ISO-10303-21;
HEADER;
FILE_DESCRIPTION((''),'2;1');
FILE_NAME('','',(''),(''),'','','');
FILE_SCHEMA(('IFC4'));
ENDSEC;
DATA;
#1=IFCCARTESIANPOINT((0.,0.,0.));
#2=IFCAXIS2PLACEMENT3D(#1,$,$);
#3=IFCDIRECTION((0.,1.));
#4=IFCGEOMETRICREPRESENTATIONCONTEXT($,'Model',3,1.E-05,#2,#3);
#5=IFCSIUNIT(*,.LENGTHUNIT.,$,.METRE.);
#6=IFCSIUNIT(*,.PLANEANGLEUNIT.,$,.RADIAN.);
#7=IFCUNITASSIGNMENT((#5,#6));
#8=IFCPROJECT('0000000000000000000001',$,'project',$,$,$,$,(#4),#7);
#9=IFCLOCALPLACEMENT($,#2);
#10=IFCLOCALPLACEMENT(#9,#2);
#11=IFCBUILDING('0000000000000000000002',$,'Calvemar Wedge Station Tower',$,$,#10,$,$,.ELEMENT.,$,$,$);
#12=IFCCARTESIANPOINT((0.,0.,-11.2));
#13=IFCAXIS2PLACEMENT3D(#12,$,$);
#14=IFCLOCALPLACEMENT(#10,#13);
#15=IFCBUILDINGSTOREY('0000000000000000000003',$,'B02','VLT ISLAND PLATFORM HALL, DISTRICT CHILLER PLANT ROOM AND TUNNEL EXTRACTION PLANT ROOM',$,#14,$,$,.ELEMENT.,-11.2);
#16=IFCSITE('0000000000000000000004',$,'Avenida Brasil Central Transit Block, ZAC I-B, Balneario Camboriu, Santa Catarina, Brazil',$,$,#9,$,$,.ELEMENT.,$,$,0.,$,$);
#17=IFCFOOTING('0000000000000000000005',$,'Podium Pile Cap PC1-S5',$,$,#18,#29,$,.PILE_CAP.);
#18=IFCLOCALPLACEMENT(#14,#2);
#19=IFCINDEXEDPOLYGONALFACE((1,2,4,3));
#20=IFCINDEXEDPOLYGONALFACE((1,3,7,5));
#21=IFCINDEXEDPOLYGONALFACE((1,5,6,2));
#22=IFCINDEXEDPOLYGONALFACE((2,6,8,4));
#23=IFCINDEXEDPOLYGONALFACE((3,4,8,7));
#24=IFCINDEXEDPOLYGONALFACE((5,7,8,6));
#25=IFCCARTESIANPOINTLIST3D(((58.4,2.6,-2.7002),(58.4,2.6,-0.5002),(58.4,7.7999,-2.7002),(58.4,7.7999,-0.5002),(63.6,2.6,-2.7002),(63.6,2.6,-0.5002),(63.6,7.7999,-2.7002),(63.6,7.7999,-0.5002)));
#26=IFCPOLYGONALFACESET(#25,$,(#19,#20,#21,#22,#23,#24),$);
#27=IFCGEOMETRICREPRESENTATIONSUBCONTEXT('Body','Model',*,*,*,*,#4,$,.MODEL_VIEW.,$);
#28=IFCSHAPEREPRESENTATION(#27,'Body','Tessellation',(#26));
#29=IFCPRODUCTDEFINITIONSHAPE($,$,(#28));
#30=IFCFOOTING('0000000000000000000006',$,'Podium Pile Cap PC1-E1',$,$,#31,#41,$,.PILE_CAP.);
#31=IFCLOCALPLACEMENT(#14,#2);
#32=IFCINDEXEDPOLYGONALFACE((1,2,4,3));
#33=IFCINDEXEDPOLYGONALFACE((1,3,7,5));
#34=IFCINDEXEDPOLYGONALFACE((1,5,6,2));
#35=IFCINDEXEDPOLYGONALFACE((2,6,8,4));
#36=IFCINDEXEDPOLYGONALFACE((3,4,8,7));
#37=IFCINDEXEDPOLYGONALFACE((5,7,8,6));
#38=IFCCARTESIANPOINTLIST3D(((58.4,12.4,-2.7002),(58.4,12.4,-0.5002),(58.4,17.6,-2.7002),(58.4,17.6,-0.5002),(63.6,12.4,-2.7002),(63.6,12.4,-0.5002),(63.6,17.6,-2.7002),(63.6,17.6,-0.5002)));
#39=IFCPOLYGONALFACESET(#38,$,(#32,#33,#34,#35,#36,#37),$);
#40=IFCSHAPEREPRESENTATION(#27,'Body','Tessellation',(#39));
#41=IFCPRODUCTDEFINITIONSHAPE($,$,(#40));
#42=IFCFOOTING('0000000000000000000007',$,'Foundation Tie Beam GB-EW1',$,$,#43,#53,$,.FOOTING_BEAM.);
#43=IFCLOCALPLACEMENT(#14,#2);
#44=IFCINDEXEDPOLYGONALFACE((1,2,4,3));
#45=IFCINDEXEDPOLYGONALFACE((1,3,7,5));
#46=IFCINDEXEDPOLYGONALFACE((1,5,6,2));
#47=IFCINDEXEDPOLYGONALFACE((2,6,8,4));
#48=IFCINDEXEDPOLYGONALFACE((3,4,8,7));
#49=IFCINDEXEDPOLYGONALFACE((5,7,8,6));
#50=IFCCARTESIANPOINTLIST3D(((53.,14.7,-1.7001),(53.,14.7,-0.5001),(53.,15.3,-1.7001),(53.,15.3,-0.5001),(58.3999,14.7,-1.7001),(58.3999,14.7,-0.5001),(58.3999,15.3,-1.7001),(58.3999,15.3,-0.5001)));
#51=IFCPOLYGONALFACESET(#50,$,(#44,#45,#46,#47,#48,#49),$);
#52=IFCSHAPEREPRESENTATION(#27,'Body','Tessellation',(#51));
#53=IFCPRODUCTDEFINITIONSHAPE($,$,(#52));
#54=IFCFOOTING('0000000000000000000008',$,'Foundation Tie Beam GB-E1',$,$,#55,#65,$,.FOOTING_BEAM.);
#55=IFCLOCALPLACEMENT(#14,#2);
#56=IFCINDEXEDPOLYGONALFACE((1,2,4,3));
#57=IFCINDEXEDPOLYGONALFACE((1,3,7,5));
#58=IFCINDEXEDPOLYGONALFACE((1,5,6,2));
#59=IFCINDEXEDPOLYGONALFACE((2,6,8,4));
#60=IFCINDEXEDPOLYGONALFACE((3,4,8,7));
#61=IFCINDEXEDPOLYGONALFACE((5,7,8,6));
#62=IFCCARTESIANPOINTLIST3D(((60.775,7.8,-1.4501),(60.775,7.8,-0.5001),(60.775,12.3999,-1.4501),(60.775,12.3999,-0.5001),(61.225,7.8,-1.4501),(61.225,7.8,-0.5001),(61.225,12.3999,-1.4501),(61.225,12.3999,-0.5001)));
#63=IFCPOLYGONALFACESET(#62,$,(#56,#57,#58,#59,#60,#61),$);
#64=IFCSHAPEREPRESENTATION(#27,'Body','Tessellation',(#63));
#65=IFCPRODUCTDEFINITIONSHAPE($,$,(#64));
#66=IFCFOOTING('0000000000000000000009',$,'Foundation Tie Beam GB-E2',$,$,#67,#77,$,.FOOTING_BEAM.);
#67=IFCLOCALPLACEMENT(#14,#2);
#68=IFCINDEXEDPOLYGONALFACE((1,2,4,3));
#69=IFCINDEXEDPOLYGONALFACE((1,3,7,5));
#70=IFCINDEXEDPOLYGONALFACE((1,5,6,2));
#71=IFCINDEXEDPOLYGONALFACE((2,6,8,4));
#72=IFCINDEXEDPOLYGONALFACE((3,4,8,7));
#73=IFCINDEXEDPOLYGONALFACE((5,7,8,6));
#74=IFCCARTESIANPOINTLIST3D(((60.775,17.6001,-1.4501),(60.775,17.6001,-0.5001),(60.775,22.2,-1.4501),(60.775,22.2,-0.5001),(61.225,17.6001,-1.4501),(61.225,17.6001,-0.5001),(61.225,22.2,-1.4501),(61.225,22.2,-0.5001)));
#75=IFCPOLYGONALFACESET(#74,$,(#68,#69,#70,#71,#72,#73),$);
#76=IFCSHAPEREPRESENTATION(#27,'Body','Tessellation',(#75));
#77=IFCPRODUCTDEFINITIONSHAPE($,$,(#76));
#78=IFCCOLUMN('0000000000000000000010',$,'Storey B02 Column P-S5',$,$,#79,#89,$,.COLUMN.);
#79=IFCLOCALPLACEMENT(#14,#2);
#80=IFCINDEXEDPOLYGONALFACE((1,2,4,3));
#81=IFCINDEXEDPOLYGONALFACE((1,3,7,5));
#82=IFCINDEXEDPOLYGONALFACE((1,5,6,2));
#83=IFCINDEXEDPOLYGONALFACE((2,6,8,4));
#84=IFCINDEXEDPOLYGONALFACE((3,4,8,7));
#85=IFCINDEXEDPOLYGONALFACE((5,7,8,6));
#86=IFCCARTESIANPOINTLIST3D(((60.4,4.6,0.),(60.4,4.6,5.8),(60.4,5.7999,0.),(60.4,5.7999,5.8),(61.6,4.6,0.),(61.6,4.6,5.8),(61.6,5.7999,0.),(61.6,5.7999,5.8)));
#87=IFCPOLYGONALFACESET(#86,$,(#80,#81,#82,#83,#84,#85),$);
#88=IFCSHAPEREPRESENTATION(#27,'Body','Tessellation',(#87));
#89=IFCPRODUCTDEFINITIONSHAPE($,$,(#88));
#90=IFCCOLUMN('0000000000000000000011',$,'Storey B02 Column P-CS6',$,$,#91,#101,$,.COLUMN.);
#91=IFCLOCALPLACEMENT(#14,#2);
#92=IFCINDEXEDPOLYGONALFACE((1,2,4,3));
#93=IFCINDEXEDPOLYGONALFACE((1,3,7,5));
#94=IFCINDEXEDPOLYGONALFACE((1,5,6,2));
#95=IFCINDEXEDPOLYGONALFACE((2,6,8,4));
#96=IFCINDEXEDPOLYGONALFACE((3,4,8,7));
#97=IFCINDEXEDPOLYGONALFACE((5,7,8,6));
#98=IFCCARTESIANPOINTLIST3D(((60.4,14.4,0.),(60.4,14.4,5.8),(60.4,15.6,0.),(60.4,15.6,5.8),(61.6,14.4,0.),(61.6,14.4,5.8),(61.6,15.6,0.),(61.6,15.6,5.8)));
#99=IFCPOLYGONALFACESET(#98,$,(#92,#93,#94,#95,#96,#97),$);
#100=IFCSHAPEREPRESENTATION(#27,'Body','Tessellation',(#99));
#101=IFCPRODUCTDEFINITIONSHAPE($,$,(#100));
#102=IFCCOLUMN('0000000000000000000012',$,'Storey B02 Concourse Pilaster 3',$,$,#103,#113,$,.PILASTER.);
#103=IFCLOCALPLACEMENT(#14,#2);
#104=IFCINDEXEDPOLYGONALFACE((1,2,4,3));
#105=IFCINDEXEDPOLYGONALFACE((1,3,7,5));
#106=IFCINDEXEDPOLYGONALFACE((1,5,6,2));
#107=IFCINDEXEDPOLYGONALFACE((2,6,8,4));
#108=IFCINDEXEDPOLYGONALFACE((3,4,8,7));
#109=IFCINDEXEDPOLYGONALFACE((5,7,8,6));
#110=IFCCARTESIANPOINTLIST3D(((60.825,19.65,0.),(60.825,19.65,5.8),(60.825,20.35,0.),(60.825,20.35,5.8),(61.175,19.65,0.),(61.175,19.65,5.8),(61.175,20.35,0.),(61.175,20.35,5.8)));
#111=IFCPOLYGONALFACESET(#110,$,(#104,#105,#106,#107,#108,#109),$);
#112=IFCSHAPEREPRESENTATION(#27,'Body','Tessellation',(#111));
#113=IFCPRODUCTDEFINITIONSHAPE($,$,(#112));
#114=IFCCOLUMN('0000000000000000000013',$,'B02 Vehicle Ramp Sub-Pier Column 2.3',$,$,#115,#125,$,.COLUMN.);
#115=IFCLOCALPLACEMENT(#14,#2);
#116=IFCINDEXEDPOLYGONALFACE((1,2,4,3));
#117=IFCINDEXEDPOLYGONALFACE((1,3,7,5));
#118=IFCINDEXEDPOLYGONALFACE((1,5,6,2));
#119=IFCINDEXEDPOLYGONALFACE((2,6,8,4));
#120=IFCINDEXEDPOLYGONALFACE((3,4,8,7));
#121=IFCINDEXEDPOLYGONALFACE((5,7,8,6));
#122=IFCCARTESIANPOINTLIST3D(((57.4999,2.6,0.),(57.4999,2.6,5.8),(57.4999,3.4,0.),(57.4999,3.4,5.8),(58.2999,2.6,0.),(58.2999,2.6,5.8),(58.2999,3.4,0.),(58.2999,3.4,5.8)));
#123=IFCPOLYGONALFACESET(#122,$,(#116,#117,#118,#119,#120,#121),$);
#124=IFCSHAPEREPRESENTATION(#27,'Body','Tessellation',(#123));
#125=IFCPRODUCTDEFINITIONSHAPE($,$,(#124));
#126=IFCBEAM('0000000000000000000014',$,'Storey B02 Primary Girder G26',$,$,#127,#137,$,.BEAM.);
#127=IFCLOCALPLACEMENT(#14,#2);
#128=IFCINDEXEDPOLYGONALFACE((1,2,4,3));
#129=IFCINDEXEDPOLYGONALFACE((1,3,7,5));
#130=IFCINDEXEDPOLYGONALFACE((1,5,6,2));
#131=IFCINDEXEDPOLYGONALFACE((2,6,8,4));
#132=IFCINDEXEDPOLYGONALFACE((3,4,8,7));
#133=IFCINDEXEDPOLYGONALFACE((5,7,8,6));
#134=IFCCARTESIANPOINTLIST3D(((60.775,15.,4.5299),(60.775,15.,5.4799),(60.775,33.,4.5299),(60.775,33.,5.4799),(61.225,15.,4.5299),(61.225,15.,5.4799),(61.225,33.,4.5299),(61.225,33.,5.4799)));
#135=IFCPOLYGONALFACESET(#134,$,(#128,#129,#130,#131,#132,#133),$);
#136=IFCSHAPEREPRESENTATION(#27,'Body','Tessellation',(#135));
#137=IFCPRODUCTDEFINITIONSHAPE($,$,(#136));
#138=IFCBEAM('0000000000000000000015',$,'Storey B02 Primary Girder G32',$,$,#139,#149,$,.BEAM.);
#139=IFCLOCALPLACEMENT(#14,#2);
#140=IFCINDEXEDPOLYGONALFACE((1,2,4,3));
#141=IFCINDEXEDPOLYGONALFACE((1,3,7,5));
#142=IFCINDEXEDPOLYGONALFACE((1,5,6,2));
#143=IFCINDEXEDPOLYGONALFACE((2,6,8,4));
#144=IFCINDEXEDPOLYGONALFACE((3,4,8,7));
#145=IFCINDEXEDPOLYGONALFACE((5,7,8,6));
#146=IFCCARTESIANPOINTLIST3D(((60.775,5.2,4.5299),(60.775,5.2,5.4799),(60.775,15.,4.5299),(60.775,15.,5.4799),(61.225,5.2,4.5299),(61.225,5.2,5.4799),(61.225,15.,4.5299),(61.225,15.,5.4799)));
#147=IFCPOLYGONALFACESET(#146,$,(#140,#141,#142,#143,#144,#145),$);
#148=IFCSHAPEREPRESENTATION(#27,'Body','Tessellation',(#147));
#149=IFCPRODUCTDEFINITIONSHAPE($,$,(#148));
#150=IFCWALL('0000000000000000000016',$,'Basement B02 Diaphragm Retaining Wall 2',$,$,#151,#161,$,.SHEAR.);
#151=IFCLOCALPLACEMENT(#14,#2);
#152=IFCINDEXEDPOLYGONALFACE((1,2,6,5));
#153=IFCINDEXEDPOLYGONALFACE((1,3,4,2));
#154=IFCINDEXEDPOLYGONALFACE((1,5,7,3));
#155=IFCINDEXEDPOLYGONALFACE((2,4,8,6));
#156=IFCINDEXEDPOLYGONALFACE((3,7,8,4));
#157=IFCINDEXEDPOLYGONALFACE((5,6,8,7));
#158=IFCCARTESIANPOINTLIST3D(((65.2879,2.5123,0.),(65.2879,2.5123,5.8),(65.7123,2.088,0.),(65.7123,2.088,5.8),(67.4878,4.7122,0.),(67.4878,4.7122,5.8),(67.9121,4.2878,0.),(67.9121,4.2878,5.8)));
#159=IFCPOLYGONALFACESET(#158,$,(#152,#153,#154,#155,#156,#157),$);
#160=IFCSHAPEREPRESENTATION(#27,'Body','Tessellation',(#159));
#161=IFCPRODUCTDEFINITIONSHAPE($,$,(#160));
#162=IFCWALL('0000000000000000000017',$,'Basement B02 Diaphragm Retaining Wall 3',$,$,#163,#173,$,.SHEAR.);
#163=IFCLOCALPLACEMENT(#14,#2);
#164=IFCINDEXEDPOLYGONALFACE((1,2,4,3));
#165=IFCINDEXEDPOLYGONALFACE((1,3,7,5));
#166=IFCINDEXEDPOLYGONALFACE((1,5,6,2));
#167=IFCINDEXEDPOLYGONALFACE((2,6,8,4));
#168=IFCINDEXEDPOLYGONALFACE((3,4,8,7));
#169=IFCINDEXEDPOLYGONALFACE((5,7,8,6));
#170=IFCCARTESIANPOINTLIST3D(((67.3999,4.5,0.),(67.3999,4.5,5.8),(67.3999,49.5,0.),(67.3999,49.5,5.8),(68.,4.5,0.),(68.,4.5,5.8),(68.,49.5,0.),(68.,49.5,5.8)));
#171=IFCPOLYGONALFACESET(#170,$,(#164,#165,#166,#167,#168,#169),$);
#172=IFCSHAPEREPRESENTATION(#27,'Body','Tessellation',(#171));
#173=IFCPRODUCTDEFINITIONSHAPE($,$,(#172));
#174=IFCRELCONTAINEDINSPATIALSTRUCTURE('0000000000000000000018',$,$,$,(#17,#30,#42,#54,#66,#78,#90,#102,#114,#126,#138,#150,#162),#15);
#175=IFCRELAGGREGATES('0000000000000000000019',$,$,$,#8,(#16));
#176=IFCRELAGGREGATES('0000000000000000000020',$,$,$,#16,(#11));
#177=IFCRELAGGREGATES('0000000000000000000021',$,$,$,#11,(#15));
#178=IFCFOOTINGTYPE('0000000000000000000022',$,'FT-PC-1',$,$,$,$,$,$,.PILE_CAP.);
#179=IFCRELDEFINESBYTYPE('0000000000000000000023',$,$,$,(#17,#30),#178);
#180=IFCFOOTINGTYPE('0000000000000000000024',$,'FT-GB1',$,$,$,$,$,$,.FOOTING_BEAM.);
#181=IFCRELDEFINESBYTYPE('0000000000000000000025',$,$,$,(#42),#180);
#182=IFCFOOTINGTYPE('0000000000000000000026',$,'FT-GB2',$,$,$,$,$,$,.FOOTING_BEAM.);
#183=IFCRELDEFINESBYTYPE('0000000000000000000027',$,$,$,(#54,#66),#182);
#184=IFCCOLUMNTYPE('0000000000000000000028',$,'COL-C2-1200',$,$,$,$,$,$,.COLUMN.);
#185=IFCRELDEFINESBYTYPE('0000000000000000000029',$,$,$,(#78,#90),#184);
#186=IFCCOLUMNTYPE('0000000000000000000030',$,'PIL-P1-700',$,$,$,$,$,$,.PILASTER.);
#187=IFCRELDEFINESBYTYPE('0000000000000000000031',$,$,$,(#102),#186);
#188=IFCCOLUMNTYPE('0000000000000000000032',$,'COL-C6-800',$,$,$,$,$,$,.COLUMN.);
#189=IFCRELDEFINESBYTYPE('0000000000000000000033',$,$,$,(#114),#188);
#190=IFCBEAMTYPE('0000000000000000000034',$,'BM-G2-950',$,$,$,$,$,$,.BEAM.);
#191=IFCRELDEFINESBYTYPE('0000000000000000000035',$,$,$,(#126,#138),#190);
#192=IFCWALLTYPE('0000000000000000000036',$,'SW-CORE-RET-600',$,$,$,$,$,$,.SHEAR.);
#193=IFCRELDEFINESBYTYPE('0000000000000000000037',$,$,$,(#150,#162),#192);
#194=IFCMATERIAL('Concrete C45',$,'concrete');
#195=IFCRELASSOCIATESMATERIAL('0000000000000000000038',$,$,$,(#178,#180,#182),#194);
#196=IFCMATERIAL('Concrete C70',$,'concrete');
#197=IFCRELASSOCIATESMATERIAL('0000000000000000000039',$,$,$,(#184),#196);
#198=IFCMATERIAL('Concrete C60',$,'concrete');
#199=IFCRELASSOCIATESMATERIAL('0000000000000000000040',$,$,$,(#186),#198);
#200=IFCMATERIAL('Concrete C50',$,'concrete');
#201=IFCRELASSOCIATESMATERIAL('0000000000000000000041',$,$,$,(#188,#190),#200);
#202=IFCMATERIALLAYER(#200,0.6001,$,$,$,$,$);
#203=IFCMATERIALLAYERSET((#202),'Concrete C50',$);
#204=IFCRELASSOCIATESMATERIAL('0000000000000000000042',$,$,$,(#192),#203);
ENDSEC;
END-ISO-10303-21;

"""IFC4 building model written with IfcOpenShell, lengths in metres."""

from ifc_helpers import new_model, si_unit, direction, frame, frame_2d, origin, origin_2d, place, context, subcontext, project, spatial, rectangle, extrude, source, transform, mapped, material, layer, layer_set, material_profile, profile_set, type_object, element, save


model = new_model("IFC4")

# Units and contexts
model_context = context("Model", 3, precision=1e-05, world=origin(), true_north=direction((0.0, 1.0)))
body_context = subcontext(model_context, "Body", "Model", "MODEL_VIEW")
ifc_project = project(units=[si_unit("LENGTHUNIT", "METRE"), si_unit("PLANEANGLEUNIT", "RADIAN")], contexts=[model_context])

# Site, building, storey
site_placement = place(None, origin())
site = spatial("IfcSite", under=ifc_project, at=site_placement, Name="Avenida Brasil Central Transit Block, ZAC I-B, Balneario Camboriu, Santa Catarina, Brazil", CompositionType="ELEMENT", RefElevation=0.0)
building_placement = place(site_placement, origin())
building = spatial("IfcBuilding", under=site, at=building_placement, Name="Calvemar Wedge Station Tower", CompositionType="ELEMENT")
storey_placement = place(building_placement, frame((0.0, 0.0, -11.2)))
storey = spatial("IfcBuildingStorey", under=building, at=storey_placement, Name="B02", Description="VLT ISLAND PLATFORM HALL, DISTRICT CHILLER PLANT ROOM AND TUNNEL EXTRACTION PLANT ROOM", CompositionType="ELEMENT", Elevation=-11.2)

# Shared definitions
ifc_material_1 = material(Name="Concrete C45", Category="concrete")

# Footings
footing_type_1 = type_object("IfcFootingType", Name="FT-PC-1", PredefinedType="PILE_CAP", material=ifc_material_1)
shared_shape_1 = source(origin(), body_context, "Body", "SweptSolid", [
    extrude(rectangle(XDim=5.2, YDim=5.2, at=origin_2d()), origin(), (0.0, 0.0, 1.0), 2.2),
])
for number, where, z_axis, x_axis, name in (
    (1, (61.0, 5.2, -2.7002), (0.0, 0.0, 1.0), (1.0, 0.0, 0.0), "Podium Pile Cap PC1-S5"),
    (2, (61.0, 15.0, -2.7002), (0.0, 0.0, 1.0), (1.0, 0.0, 0.0), "Podium Pile Cap PC1-E1"),
):
    element("IfcFooting", number, at=place(storey_placement, frame(where, z_axis=z_axis, x_axis=x_axis)), inside=storey, type_object=footing_type_1, Name=name, PredefinedType="PILE_CAP", context=body_context, shape_type="MappedRepresentation", body=[
        mapped(shared_shape_1, transform((0.0, 0.0, 0.0), scale=1.0)),
    ])
ifc_material_profile_1 = material_profile(ifc_material_1, rectangle(XDim=0.6001, YDim=1.2, at=origin_2d()), Name="RC600x1200")
ifc_profile_set_1 = profile_set([ifc_material_profile_1], Name="Concrete C45")
footing_type_2 = type_object("IfcFootingType", Name="FT-GB1", PredefinedType="FOOTING_BEAM", material=ifc_profile_set_1)
shared_shape_2 = source(origin(), body_context, "Body", "SweptSolid", [
    extrude(rectangle(XDim=0.6001, YDim=1.2, at=origin_2d()), origin(), (0.0, 0.0, 1.0), 5.3999),
])
footing_placement = place(storey_placement, frame((53.0, 15.0, -1.1001), z_axis=(1.0, 0.0, 0.0), x_axis=(0.0, 1.0, 0.0)))
element("IfcFooting", 3, at=footing_placement, inside=storey, type_object=footing_type_2, Name="Foundation Tie Beam GB-EW1", PredefinedType="FOOTING_BEAM", context=body_context, shape_type="MappedRepresentation", body=[
    mapped(shared_shape_2, transform((0.0, 0.0, 0.0), scale=1.0)),
])
ifc_material_profile_2 = material_profile(ifc_material_1, rectangle(XDim=0.45, YDim=0.95, at=origin_2d()), Name="RC450x950")
ifc_profile_set_2 = profile_set([ifc_material_profile_2], Name="Concrete C45")
footing_type_3 = type_object("IfcFootingType", Name="FT-GB2", PredefinedType="FOOTING_BEAM", material=ifc_profile_set_2)
shared_shape_3 = source(origin(), body_context, "Body", "SweptSolid", [
    extrude(rectangle(XDim=0.45, YDim=0.95, at=origin_2d()), origin(), (0.0, 0.0, 1.0), 4.5999),
])
for number, where, z_axis, x_axis, name in (
    (4, (61.0, 7.8, -0.9751), (0.0, 1.0, 0.0), (-1.0, 0.0, 0.0), "Foundation Tie Beam GB-E1"),
    (5, (61.0, 17.6001, -0.9751), (0.0, 1.0, 0.0), (-1.0, 0.0, 0.0), "Foundation Tie Beam GB-E2"),
):
    element("IfcFooting", number, at=place(storey_placement, frame(where, z_axis=z_axis, x_axis=x_axis)), inside=storey, type_object=footing_type_3, Name=name, PredefinedType="FOOTING_BEAM", context=body_context, shape_type="MappedRepresentation", body=[
        mapped(shared_shape_3, transform((0.0, 0.0, 0.0), scale=1.0)),
    ])

# Columns
ifc_material_2 = material(Name="Concrete C70", Category="concrete")
ifc_material_profile_3 = material_profile(ifc_material_2, rectangle(XDim=1.2, YDim=1.2, at=origin_2d()), Name="RC1200x1200")
ifc_profile_set_3 = profile_set([ifc_material_profile_3], Name="Concrete C70")
column_type_1 = type_object("IfcColumnType", Name="COL-C2-1200", PredefinedType="COLUMN", material=ifc_profile_set_3)
shared_shape_4 = source(origin(), body_context, "Body", "SweptSolid", [
    extrude(rectangle(XDim=1.2, YDim=1.2, at=origin_2d()), origin(), (0.0, 0.0, 1.0), 5.8),
])
for number, where, z_axis, x_axis, name in (
    (6, (61.0, 5.2, 0.0), (0.0, 0.0, 1.0), (1.0, 0.0, 0.0), "Storey B02 Column P-S5"),
    (7, (61.0, 15.0, 0.0), (0.0, 0.0, 1.0), (1.0, 0.0, 0.0), "Storey B02 Column P-CS6"),
):
    element("IfcColumn", number, at=place(storey_placement, frame(where, z_axis=z_axis, x_axis=x_axis)), inside=storey, type_object=column_type_1, Name=name, PredefinedType="COLUMN", context=body_context, shape_type="MappedRepresentation", body=[
        mapped(shared_shape_4, transform((0.0, 0.0, 0.0), scale=1.0)),
    ])
ifc_material_3 = material(Name="Concrete C60", Category="concrete")
ifc_material_profile_4 = material_profile(ifc_material_3, rectangle(XDim=0.3501, YDim=0.7, at=origin_2d()), Name="RC350x700")
ifc_profile_set_4 = profile_set([ifc_material_profile_4], Name="Concrete C60")
column_type_2 = type_object("IfcColumnType", Name="PIL-P1-700", PredefinedType="PILASTER", material=ifc_profile_set_4)
shared_shape_5 = source(origin(), body_context, "Body", "SweptSolid", [
    extrude(rectangle(XDim=0.3501, YDim=0.7, at=origin_2d()), origin(), (0.0, 0.0, 1.0), 5.8),
])
column_1_placement = place(storey_placement, frame((61.0, 20.0, 0.0), z_axis=(0.0, 0.0, 1.0), x_axis=(1.0, 0.0, 0.0)))
element("IfcColumn", 8, at=column_1_placement, inside=storey, type_object=column_type_2, Name="Storey B02 Concourse Pilaster 3", PredefinedType="PILASTER", context=body_context, shape_type="MappedRepresentation", body=[
    mapped(shared_shape_5, transform((0.0, 0.0, 0.0), scale=1.0)),
])
ifc_material_4 = material(Name="Concrete C50", Category="concrete")
ifc_material_profile_5 = material_profile(ifc_material_4, rectangle(XDim=0.8, YDim=0.8, at=origin_2d()), Name="RC800x800")
ifc_profile_set_5 = profile_set([ifc_material_profile_5], Name="Concrete C50")
column_type_3 = type_object("IfcColumnType", Name="COL-C6-800", PredefinedType="COLUMN", material=ifc_profile_set_5)
shared_shape_6 = source(origin(), body_context, "Body", "SweptSolid", [
    extrude(rectangle(XDim=0.8, YDim=0.8, at=origin_2d()), origin(), (0.0, 0.0, 1.0), 5.8),
])
column_2_placement = place(storey_placement, frame((57.8999, 3.0, 0.0), z_axis=(0.0, 0.0, 1.0), x_axis=(1.0, 0.0, 0.0)))
element("IfcColumn", 9, at=column_2_placement, inside=storey, type_object=column_type_3, Name="B02 Vehicle Ramp Sub-Pier Column 2.3", PredefinedType="COLUMN", context=body_context, shape_type="MappedRepresentation", body=[
    mapped(shared_shape_6, transform((0.0, 0.0, 0.0), scale=1.0)),
])

# Beams
ifc_material_profile_6 = material_profile(ifc_material_4, rectangle(XDim=0.45, YDim=0.95, at=origin_2d()), Name="RC450x950")
ifc_profile_set_6 = profile_set([ifc_material_profile_6], Name="Concrete C50")
beam_type = type_object("IfcBeamType", Name="BM-G2-950", PredefinedType="BEAM", material=ifc_profile_set_6)
shared_shape_7 = source(origin(), body_context, "Body", "SweptSolid", [
    extrude(rectangle(XDim=0.45, YDim=0.95, at=origin_2d()), origin(), (0.0, 0.0, 1.0), 18.0),
])
beam_1_placement = place(storey_placement, frame((61.0, 15.0, 5.0049), z_axis=(0.0, 1.0, 0.0), x_axis=(-1.0, 0.0, 0.0)))
element("IfcBeam", 10, at=beam_1_placement, inside=storey, type_object=beam_type, Name="Storey B02 Primary Girder G26", PredefinedType="BEAM", context=body_context, shape_type="MappedRepresentation", body=[
    mapped(shared_shape_7, transform((0.0, 0.0, 0.0), scale=1.0)),
])
shared_shape_8 = source(origin(), body_context, "Body", "SweptSolid", [
    extrude(rectangle(XDim=0.45, YDim=0.95, at=origin_2d()), origin(), (0.0, 0.0, 1.0), 9.8),
])
beam_2_placement = place(storey_placement, frame((61.0, 5.2, 5.0049), z_axis=(0.0, 1.0, 0.0), x_axis=(-1.0, 0.0, 0.0)))
element("IfcBeam", 11, at=beam_2_placement, inside=storey, type_object=beam_type, Name="Storey B02 Primary Girder G32", PredefinedType="BEAM", context=body_context, shape_type="MappedRepresentation", body=[
    mapped(shared_shape_8, transform((0.0, 0.0, 0.0), scale=1.0)),
])

# Walls
ifc_layer_1 = layer(ifc_material_4, 0.6001)
ifc_layer_set_1 = layer_set([ifc_layer_1], Name="Concrete C50")
wall_type_1 = type_object("IfcWallType", Name="SW-CORE-RET-600", PredefinedType="SHEAR", material=ifc_layer_set_1)
wall_1_placement = place(storey_placement, frame((65.5, 2.3, 0.0), z_axis=(0.0, 0.0, 1.0), x_axis=(0.707107, 0.707107, 0.0)))
element("IfcWall", 12, at=wall_1_placement, inside=storey, type_object=wall_type_1, Name="Basement B02 Diaphragm Retaining Wall 2", PredefinedType="SHEAR", context=body_context, shape_type="SweptSolid", body=[
    extrude(rectangle(XDim=3.1111, YDim=0.6001, at=frame_2d((1.5557, 0.0))), origin(), (0.0, 0.0, 1.0), 5.8),
])
wall_2_placement = place(storey_placement, frame((67.7, 4.5, 0.0), z_axis=(0.0, 0.0, 1.0), x_axis=(0.0, 1.0, 0.0)))
element("IfcWall", 13, at=wall_2_placement, inside=storey, type_object=wall_type_1, Name="Basement B02 Diaphragm Retaining Wall 3", PredefinedType="SHEAR", context=body_context, shape_type="SweptSolid", body=[
    extrude(rectangle(XDim=45.0, YDim=0.6001, at=frame_2d((22.5, 0.0))), origin(), (0.0, 0.0, 1.0), 5.8),
])

save(model, "model.ifc")
